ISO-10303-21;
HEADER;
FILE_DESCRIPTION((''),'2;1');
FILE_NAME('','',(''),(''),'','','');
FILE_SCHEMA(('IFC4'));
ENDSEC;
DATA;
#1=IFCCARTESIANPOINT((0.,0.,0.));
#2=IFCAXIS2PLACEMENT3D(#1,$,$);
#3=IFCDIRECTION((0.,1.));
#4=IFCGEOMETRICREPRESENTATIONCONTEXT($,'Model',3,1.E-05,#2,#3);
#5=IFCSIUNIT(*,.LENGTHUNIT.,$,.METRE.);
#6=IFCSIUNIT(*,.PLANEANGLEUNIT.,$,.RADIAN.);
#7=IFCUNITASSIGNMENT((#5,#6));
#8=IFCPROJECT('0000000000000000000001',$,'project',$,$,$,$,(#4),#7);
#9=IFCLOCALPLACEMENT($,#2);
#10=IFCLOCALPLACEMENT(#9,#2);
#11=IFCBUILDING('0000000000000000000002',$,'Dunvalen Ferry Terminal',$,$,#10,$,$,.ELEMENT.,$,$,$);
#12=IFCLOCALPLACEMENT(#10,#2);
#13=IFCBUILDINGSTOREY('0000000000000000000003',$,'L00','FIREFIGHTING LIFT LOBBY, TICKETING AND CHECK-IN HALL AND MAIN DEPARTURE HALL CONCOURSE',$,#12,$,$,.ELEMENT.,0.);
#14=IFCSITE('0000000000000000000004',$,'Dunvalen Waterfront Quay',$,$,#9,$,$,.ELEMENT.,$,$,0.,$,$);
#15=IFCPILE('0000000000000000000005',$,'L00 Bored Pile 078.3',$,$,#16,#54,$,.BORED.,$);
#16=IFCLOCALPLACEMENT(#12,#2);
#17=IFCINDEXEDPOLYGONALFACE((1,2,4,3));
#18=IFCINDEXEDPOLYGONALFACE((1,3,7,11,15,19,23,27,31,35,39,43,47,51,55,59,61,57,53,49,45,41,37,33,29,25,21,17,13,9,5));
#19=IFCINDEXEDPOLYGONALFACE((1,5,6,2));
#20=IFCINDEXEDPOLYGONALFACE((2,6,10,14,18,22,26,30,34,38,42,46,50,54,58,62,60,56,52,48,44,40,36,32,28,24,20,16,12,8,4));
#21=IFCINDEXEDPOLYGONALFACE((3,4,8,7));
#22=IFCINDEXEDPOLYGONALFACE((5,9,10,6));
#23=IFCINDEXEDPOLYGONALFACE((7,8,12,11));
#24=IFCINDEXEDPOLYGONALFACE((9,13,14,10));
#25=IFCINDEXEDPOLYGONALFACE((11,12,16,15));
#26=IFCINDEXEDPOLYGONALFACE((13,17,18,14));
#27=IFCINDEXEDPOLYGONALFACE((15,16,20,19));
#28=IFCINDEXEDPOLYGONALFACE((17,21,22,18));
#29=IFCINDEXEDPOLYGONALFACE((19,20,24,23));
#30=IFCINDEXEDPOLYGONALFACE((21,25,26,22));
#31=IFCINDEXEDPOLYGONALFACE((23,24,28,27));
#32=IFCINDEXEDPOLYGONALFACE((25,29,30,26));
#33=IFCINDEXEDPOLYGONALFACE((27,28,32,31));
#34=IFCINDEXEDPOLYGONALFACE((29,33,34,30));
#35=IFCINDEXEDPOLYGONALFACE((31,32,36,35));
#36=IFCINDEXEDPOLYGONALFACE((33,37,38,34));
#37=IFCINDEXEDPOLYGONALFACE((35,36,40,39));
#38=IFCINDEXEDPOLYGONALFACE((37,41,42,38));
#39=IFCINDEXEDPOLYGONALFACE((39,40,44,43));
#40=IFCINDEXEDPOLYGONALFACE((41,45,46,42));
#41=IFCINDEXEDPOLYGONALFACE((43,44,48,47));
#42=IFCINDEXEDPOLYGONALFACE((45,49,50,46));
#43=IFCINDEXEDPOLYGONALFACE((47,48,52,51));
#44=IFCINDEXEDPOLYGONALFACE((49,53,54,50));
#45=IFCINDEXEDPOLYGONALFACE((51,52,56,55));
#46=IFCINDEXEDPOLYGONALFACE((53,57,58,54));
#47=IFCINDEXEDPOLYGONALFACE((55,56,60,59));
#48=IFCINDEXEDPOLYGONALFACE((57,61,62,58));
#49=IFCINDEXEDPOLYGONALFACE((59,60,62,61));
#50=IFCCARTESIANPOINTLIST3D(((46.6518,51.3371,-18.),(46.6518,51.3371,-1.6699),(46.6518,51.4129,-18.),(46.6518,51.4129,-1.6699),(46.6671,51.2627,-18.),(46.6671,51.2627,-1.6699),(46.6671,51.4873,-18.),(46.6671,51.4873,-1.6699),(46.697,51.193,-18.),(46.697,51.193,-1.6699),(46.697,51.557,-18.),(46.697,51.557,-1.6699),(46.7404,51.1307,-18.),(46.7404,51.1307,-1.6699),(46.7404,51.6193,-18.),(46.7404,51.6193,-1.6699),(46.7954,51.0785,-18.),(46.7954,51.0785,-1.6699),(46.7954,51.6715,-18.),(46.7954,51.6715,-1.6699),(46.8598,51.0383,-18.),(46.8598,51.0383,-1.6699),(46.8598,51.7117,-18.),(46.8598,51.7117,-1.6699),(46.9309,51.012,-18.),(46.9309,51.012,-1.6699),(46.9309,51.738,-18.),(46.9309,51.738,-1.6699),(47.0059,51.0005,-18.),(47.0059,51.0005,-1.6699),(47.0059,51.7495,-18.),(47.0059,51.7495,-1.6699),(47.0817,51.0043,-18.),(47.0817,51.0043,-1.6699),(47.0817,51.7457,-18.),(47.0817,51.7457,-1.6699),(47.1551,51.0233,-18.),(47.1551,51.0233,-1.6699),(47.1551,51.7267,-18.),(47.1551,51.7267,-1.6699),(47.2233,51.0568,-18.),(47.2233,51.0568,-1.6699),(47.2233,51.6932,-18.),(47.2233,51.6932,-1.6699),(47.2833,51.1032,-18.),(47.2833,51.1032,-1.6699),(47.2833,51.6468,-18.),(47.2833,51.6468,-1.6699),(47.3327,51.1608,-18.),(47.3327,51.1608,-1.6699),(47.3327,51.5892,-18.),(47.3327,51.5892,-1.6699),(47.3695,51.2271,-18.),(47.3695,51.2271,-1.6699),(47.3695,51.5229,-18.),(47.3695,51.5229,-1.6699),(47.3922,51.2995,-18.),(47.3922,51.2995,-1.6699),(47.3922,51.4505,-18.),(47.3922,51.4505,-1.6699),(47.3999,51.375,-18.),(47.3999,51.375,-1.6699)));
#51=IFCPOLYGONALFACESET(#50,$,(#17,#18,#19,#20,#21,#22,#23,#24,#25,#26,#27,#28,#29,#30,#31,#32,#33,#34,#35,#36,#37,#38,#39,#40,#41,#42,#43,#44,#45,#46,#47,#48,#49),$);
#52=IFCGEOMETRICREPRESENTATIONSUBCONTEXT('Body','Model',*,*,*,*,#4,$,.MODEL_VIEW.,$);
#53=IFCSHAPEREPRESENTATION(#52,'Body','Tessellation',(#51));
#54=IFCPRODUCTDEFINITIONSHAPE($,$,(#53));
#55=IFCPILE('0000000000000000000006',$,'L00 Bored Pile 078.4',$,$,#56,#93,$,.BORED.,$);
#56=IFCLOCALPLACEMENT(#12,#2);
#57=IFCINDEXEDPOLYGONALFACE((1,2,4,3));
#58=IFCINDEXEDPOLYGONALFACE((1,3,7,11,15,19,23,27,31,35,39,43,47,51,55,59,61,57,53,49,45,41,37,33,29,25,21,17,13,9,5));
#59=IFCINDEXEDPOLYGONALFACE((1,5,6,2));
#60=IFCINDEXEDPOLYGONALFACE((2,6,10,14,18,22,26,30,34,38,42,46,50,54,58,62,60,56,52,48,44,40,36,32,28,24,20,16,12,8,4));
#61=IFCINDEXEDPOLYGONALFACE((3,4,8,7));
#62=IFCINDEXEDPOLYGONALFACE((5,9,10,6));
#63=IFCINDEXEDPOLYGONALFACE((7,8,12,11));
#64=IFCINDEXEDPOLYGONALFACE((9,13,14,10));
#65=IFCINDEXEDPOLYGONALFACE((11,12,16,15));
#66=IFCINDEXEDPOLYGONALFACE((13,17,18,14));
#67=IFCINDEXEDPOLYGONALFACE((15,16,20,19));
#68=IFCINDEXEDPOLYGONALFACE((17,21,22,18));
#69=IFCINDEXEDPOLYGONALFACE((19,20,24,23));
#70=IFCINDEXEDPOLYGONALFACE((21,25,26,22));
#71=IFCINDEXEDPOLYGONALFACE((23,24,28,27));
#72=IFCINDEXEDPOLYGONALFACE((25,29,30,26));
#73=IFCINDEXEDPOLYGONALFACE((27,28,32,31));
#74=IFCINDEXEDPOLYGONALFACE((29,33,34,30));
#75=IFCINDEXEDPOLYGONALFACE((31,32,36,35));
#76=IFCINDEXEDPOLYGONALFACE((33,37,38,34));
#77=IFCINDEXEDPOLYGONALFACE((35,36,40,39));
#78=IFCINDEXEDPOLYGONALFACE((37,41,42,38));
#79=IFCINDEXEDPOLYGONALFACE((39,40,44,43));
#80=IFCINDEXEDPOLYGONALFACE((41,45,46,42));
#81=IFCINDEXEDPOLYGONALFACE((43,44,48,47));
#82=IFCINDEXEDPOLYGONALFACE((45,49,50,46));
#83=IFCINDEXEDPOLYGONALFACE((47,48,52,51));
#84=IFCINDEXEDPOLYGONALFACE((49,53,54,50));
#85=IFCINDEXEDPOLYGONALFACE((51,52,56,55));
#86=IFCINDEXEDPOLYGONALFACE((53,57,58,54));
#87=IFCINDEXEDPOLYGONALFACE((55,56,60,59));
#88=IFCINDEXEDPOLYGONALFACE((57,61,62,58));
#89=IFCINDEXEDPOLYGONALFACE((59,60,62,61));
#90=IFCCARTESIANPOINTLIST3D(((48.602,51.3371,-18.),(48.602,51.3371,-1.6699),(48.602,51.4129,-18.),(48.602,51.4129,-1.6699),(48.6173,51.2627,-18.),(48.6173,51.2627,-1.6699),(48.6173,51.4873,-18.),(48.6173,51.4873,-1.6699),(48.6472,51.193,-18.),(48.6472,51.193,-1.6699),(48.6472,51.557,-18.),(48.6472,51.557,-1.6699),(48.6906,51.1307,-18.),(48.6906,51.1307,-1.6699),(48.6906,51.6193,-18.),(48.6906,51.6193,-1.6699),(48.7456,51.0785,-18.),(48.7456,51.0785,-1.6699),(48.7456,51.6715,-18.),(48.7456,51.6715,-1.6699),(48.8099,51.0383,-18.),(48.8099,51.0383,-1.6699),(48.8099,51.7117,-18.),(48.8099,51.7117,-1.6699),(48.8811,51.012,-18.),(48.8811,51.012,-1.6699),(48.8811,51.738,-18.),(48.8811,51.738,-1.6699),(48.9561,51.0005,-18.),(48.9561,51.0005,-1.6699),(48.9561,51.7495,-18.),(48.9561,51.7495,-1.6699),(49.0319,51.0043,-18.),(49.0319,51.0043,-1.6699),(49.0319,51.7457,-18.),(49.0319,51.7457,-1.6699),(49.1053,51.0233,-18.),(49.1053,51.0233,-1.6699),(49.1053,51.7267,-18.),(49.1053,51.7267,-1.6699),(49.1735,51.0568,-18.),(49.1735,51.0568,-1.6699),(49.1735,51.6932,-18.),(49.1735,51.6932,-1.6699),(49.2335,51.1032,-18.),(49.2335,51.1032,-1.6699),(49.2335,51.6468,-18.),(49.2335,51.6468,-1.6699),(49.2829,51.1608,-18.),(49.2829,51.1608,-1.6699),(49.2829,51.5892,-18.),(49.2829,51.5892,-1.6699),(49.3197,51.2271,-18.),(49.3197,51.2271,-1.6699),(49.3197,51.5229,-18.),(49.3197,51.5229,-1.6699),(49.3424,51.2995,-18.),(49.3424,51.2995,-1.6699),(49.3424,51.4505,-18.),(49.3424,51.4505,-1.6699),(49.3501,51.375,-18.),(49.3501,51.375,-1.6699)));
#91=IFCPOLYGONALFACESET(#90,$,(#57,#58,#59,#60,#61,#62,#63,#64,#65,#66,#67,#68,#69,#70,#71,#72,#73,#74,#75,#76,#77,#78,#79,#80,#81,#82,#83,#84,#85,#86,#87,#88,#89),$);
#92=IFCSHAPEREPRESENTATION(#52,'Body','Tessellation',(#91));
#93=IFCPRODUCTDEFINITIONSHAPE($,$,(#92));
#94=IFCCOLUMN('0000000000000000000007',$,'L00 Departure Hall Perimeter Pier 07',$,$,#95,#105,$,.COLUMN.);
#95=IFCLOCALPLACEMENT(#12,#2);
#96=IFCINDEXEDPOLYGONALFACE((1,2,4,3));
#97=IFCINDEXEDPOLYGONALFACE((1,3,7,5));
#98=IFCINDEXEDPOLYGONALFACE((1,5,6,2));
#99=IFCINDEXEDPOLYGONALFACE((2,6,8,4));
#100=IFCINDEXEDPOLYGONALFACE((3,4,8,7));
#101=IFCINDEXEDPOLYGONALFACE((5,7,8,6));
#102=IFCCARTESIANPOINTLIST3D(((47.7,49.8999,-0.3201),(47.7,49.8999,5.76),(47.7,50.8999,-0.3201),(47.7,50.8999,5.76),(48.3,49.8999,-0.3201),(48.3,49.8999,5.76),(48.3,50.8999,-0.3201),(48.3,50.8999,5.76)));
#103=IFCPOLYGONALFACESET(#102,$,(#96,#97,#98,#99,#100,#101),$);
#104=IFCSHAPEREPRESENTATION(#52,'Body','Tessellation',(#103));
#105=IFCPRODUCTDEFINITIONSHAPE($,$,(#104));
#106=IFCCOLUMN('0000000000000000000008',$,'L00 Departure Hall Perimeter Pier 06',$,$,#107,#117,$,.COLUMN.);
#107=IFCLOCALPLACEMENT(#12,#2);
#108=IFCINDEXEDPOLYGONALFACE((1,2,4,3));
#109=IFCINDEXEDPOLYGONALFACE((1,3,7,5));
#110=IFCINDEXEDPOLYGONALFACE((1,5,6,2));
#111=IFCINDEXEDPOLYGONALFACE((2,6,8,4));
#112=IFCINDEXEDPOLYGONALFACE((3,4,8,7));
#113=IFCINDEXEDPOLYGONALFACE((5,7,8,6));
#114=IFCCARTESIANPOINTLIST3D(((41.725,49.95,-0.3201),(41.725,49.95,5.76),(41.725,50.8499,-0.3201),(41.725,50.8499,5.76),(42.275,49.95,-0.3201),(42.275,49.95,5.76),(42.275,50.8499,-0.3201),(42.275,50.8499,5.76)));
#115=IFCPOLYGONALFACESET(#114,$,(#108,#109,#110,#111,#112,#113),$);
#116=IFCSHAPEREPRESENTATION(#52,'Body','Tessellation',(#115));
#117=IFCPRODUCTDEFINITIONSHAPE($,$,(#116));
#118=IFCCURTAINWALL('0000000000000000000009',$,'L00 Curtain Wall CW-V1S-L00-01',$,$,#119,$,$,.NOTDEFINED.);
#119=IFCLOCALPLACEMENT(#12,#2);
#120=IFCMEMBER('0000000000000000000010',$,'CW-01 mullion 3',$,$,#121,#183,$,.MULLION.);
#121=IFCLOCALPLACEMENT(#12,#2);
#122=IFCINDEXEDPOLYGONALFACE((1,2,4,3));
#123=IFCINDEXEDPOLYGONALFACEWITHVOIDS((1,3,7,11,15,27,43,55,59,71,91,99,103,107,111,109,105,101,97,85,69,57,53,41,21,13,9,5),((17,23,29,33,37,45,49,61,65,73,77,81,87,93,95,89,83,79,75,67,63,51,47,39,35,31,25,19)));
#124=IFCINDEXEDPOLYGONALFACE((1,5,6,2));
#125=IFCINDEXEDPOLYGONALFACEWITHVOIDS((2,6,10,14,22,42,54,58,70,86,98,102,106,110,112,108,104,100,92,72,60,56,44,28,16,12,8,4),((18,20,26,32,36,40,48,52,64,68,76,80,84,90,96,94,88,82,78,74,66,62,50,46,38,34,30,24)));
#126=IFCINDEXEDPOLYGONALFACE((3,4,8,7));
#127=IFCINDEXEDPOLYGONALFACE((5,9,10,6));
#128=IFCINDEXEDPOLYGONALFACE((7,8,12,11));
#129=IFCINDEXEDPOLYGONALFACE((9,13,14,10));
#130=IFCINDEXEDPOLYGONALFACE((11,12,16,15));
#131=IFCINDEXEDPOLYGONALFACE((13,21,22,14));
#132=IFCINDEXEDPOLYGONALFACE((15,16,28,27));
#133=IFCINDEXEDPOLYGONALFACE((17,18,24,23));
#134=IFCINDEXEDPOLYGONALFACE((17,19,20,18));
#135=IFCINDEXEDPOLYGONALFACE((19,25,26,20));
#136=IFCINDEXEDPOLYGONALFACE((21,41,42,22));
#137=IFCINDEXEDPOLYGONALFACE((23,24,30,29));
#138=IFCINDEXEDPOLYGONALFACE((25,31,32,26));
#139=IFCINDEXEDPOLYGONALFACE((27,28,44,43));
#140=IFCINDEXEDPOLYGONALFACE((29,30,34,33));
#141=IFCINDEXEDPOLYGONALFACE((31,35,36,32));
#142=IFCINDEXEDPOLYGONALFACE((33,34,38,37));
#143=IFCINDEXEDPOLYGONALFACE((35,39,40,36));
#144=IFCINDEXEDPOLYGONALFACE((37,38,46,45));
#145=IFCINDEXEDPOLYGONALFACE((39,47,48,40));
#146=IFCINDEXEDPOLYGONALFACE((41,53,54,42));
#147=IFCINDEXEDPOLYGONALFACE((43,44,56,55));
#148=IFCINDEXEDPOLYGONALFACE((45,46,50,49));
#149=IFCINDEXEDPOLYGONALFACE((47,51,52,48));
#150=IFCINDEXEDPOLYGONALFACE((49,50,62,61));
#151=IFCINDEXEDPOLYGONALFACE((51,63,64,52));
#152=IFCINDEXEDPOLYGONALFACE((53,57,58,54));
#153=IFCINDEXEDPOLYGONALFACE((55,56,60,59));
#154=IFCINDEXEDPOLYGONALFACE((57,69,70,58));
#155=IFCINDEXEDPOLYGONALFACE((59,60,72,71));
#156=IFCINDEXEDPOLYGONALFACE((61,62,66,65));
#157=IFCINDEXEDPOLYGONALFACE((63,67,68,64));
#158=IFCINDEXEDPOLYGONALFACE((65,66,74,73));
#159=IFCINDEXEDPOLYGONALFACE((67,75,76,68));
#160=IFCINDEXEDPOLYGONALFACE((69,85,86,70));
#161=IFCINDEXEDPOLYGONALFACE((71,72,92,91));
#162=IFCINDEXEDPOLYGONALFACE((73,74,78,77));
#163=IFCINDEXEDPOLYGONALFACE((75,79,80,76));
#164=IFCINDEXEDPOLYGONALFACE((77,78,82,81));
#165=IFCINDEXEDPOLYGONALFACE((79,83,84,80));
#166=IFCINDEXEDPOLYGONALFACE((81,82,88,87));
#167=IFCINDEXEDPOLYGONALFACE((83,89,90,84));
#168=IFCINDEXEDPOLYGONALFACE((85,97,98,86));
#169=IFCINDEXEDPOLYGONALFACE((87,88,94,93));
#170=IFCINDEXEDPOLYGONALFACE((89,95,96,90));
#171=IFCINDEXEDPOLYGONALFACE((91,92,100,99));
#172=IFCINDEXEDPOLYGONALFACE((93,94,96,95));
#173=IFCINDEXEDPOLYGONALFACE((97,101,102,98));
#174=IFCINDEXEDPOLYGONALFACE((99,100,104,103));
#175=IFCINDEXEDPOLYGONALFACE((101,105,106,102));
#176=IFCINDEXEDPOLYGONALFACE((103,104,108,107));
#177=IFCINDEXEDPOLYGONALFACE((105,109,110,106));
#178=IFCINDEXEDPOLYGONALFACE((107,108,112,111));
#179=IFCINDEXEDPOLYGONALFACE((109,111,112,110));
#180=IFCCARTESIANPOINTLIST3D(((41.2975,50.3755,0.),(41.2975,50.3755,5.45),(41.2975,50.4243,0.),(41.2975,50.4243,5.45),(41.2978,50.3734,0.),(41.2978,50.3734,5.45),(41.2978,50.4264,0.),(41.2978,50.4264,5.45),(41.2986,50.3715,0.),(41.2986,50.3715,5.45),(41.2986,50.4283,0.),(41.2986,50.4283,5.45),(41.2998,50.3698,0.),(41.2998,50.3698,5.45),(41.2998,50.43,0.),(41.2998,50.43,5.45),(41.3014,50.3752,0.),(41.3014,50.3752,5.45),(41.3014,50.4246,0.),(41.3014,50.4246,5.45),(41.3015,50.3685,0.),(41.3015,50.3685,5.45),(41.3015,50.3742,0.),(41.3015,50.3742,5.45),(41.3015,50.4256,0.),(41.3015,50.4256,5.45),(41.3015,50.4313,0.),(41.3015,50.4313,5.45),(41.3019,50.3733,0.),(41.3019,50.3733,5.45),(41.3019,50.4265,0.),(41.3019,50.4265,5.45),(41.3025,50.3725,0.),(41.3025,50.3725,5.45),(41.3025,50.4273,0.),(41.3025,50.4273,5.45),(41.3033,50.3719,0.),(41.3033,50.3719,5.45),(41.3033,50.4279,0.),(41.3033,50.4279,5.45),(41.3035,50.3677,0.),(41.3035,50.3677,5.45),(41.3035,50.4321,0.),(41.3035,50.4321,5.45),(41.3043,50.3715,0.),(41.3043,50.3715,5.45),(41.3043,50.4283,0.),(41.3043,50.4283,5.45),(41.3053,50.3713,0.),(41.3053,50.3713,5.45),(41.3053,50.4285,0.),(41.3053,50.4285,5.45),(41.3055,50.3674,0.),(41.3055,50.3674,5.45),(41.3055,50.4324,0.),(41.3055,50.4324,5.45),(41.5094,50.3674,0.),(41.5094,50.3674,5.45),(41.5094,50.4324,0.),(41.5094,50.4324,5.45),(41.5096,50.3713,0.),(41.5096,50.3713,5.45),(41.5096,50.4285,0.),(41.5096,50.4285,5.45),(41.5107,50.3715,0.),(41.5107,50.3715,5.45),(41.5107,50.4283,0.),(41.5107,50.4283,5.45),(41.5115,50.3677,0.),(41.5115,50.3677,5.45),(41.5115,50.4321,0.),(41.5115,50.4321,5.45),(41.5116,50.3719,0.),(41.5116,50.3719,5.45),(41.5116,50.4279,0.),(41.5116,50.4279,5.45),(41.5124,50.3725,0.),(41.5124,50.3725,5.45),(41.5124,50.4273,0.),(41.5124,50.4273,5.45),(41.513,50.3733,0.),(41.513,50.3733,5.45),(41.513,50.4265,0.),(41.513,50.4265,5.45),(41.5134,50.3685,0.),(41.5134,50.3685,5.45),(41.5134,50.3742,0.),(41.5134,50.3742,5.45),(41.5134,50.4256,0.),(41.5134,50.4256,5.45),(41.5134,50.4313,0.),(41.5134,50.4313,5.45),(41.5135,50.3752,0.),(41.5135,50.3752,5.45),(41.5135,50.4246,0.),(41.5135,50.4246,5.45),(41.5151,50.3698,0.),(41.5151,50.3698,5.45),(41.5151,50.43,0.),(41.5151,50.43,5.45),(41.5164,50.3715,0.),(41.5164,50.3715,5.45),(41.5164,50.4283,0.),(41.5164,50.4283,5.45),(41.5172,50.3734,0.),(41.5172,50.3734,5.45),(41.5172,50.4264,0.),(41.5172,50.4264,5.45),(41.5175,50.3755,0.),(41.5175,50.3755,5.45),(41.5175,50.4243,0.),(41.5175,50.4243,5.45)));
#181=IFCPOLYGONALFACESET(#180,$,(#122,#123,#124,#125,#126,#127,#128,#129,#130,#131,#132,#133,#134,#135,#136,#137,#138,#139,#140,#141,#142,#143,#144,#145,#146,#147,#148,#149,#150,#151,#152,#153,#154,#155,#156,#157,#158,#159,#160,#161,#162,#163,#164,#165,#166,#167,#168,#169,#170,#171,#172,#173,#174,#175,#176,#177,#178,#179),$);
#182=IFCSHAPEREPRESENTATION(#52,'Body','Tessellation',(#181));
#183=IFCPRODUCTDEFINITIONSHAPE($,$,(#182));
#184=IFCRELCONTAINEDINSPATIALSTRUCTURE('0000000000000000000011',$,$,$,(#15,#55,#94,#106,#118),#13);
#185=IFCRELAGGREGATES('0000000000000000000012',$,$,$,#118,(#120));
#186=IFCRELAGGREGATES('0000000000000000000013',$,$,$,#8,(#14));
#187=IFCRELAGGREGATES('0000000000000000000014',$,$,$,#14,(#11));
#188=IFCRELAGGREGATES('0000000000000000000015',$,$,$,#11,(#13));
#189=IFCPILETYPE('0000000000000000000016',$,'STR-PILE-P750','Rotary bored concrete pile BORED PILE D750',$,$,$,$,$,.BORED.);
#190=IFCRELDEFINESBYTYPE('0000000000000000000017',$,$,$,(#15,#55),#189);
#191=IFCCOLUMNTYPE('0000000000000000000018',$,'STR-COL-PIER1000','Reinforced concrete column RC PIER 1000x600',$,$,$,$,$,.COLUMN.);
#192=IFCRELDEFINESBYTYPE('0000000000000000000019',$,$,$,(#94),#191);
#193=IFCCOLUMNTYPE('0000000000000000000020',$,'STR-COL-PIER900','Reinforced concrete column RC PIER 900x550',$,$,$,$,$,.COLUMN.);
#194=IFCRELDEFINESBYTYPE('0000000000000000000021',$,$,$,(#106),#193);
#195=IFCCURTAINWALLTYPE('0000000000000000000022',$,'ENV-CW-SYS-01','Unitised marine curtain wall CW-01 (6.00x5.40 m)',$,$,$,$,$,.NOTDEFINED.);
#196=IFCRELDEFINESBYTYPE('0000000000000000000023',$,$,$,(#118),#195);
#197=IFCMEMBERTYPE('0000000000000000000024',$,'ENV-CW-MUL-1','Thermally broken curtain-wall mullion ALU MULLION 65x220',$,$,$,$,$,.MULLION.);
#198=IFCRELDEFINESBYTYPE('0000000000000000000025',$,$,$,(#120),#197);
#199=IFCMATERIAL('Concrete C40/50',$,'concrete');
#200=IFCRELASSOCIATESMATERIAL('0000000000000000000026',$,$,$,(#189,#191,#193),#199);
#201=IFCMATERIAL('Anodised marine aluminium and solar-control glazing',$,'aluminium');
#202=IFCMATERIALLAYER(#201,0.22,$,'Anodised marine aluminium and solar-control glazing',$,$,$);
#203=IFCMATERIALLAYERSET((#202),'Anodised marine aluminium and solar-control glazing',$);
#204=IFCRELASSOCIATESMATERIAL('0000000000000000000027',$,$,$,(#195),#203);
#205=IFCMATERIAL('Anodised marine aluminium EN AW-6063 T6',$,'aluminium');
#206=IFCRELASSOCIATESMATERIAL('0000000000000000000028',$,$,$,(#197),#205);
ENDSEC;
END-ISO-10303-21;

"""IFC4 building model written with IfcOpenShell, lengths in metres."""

from ifc_helpers import new_model, si_unit, direction, frame, origin, origin_2d, place, context, subcontext, project, spatial, rectangle, hollow_rectangle, circle, extrude, material, layer, layer_set, material_profile, profile_set, type_object, element, aggregate, save


model = new_model("IFC4")

# Units and contexts
model_context = context("Model", 3, precision=1e-05, world=origin(), true_north=direction((0.0, 1.0)))
body_context = subcontext(model_context, "Body", "Model", "MODEL_VIEW")
ifc_project = project(units=[si_unit("LENGTHUNIT", "METRE"), si_unit("PLANEANGLEUNIT", "RADIAN")], contexts=[model_context])

# Site, building, storey
site_placement = place(None, origin())
site = spatial("IfcSite", under=ifc_project, at=site_placement, Name="Dunvalen Waterfront Quay", CompositionType="ELEMENT", RefElevation=0.0)
building_placement = place(site_placement, origin())
building = spatial("IfcBuilding", under=site, at=building_placement, Name="Dunvalen Ferry Terminal", CompositionType="ELEMENT")
storey_placement = place(building_placement, origin())
storey = spatial("IfcBuildingStorey", under=building, at=storey_placement, Name="L00", Description="FIREFIGHTING LIFT LOBBY, TICKETING AND CHECK-IN HALL AND MAIN DEPARTURE HALL CONCOURSE", CompositionType="ELEMENT", Elevation=0.0)

# Shared definitions
ifc_material_1 = material(Name="Concrete C40/50", Category="concrete")

# Piles
ifc_material_profile_1 = material_profile(ifc_material_1, circle(Radius=0.375, at=origin_2d()), Name="Concrete C40/50")
ifc_profile_set_1 = profile_set([ifc_material_profile_1], Name="Concrete C40/50")
pile_type = type_object("IfcPileType", Name="STR-PILE-P750", Description="Rotary bored concrete pile BORED PILE D750", PredefinedType="BORED", material=ifc_profile_set_1)
for number, where, z_axis, x_axis, name in (
    (1, (47.0249, 51.375, -1.6699), (0.0, 0.0, -1.0), (1.0, 0.0, 0.0), "L00 Bored Pile 078.3"),
    (2, (48.9751, 51.375, -1.6699), (0.0, 0.0, -1.0), (1.0, 0.0, 0.0), "L00 Bored Pile 078.4"),
):
    element("IfcPile", number, at=place(storey_placement, frame(where, z_axis=z_axis, x_axis=x_axis)), inside=storey, type_object=pile_type, Name=name, PredefinedType="BORED", context=body_context, shape_type="SweptSolid", body=[
        extrude(circle(Radius=0.375, at=origin_2d()), origin(), (0.0, 0.0, 1.0), 16.3301),
    ])

# Columns
ifc_material_profile_2 = material_profile(ifc_material_1, rectangle(XDim=0.6001, YDim=1.0, at=origin_2d()), Name="Concrete C40/50")
ifc_profile_set_2 = profile_set([ifc_material_profile_2], Name="Concrete C40/50")
column_type_1 = type_object("IfcColumnType", Name="STR-COL-PIER1000", Description="Reinforced concrete column RC PIER 1000x600", PredefinedType="COLUMN", material=ifc_profile_set_2)
column_1_placement = place(storey_placement, frame((48.0, 50.3999, -0.3201), z_axis=(0.0, 0.0, 1.0), x_axis=(1.0, 0.0, 0.0)))
element("IfcColumn", 3, at=column_1_placement, inside=storey, type_object=column_type_1, Name="L00 Departure Hall Perimeter Pier 07", PredefinedType="COLUMN", context=body_context, shape_type="SweptSolid", body=[
    extrude(rectangle(XDim=0.6001, YDim=1.0, at=origin_2d()), origin(), (0.0, 0.0, 1.0), 6.0801),
])
ifc_material_profile_3 = material_profile(ifc_material_1, rectangle(XDim=0.55, YDim=0.8999, at=origin_2d()), Name="Concrete C40/50")
ifc_profile_set_3 = profile_set([ifc_material_profile_3], Name="Concrete C40/50")
column_type_2 = type_object("IfcColumnType", Name="STR-COL-PIER900", Description="Reinforced concrete column RC PIER 900x550", PredefinedType="COLUMN", material=ifc_profile_set_3)
column_2_placement = place(storey_placement, frame((42.0, 50.3999, -0.3201), z_axis=(0.0, 0.0, 1.0), x_axis=(1.0, 0.0, 0.0)))
element("IfcColumn", 4, at=column_2_placement, inside=storey, type_object=column_type_2, Name="L00 Departure Hall Perimeter Pier 06", PredefinedType="COLUMN", context=body_context, shape_type="SweptSolid", body=[
    extrude(rectangle(XDim=0.55, YDim=0.8999, at=origin_2d()), origin(), (0.0, 0.0, 1.0), 6.0801),
])

# Curtain wall, member
ifc_material_2 = material(Name="Anodised marine aluminium and solar-control glazing", Category="aluminium")
ifc_layer_1 = layer(ifc_material_2, 0.22, Name="Anodised marine aluminium and solar-control glazing")
ifc_layer_set_1 = layer_set([ifc_layer_1], Name="Anodised marine aluminium and solar-control glazing")
curtain_wall_type = type_object("IfcCurtainWallType", Name="ENV-CW-SYS-01", Description="Unitised marine curtain wall CW-01 (6.00x5.40 m)", PredefinedType="NOTDEFINED", material=ifc_layer_set_1)
curtain_wall_1_placement = place(storey_placement, origin())
curtain_wall_1 = element("IfcCurtainWall", 5, at=curtain_wall_1_placement, inside=storey, type_object=curtain_wall_type, Name="L00 Curtain Wall CW-V1S-L00-01", PredefinedType="NOTDEFINED")
ifc_material_3 = material(Name="Anodised marine aluminium EN AW-6063 T6", Category="aluminium")
ifc_material_profile_4 = material_profile(ifc_material_3, hollow_rectangle(XDim=0.0649, YDim=0.22, WallThickness=0.0039, InnerFilletRadius=0.0039, OuterFilletRadius=0.0081, at=origin_2d()), Name="Anodised marine aluminium EN AW-6063 T6")
ifc_profile_set_4 = profile_set([ifc_material_profile_4], Name="Anodised marine aluminium EN AW-6063 T6")
member_type_1 = type_object("IfcMemberType", Name="ENV-CW-MUL-1", Description="Thermally broken curtain-wall mullion ALU MULLION 65x220", PredefinedType="MULLION", material=ifc_profile_set_4)
member_1_placement = place(storey_placement, frame((41.4075, 50.3999, 0.0), z_axis=(0.0, 0.0, 1.0), x_axis=(0.0, 1.0, 0.0)))
member_1 = element("IfcMember", 6, at=member_1_placement, type_object=member_type_1, Name="CW-01 mullion 3", PredefinedType="MULLION", context=body_context, shape_type="SweptSolid", body=[
    extrude(hollow_rectangle(XDim=0.0649, YDim=0.22, WallThickness=0.0039, InnerFilletRadius=0.0039, OuterFilletRadius=0.0081, at=origin_2d()), origin(), (0.0, 0.0, 1.0), 5.45),
])
aggregate(curtain_wall_1, [member_1])

save(model, "model.ifc")
